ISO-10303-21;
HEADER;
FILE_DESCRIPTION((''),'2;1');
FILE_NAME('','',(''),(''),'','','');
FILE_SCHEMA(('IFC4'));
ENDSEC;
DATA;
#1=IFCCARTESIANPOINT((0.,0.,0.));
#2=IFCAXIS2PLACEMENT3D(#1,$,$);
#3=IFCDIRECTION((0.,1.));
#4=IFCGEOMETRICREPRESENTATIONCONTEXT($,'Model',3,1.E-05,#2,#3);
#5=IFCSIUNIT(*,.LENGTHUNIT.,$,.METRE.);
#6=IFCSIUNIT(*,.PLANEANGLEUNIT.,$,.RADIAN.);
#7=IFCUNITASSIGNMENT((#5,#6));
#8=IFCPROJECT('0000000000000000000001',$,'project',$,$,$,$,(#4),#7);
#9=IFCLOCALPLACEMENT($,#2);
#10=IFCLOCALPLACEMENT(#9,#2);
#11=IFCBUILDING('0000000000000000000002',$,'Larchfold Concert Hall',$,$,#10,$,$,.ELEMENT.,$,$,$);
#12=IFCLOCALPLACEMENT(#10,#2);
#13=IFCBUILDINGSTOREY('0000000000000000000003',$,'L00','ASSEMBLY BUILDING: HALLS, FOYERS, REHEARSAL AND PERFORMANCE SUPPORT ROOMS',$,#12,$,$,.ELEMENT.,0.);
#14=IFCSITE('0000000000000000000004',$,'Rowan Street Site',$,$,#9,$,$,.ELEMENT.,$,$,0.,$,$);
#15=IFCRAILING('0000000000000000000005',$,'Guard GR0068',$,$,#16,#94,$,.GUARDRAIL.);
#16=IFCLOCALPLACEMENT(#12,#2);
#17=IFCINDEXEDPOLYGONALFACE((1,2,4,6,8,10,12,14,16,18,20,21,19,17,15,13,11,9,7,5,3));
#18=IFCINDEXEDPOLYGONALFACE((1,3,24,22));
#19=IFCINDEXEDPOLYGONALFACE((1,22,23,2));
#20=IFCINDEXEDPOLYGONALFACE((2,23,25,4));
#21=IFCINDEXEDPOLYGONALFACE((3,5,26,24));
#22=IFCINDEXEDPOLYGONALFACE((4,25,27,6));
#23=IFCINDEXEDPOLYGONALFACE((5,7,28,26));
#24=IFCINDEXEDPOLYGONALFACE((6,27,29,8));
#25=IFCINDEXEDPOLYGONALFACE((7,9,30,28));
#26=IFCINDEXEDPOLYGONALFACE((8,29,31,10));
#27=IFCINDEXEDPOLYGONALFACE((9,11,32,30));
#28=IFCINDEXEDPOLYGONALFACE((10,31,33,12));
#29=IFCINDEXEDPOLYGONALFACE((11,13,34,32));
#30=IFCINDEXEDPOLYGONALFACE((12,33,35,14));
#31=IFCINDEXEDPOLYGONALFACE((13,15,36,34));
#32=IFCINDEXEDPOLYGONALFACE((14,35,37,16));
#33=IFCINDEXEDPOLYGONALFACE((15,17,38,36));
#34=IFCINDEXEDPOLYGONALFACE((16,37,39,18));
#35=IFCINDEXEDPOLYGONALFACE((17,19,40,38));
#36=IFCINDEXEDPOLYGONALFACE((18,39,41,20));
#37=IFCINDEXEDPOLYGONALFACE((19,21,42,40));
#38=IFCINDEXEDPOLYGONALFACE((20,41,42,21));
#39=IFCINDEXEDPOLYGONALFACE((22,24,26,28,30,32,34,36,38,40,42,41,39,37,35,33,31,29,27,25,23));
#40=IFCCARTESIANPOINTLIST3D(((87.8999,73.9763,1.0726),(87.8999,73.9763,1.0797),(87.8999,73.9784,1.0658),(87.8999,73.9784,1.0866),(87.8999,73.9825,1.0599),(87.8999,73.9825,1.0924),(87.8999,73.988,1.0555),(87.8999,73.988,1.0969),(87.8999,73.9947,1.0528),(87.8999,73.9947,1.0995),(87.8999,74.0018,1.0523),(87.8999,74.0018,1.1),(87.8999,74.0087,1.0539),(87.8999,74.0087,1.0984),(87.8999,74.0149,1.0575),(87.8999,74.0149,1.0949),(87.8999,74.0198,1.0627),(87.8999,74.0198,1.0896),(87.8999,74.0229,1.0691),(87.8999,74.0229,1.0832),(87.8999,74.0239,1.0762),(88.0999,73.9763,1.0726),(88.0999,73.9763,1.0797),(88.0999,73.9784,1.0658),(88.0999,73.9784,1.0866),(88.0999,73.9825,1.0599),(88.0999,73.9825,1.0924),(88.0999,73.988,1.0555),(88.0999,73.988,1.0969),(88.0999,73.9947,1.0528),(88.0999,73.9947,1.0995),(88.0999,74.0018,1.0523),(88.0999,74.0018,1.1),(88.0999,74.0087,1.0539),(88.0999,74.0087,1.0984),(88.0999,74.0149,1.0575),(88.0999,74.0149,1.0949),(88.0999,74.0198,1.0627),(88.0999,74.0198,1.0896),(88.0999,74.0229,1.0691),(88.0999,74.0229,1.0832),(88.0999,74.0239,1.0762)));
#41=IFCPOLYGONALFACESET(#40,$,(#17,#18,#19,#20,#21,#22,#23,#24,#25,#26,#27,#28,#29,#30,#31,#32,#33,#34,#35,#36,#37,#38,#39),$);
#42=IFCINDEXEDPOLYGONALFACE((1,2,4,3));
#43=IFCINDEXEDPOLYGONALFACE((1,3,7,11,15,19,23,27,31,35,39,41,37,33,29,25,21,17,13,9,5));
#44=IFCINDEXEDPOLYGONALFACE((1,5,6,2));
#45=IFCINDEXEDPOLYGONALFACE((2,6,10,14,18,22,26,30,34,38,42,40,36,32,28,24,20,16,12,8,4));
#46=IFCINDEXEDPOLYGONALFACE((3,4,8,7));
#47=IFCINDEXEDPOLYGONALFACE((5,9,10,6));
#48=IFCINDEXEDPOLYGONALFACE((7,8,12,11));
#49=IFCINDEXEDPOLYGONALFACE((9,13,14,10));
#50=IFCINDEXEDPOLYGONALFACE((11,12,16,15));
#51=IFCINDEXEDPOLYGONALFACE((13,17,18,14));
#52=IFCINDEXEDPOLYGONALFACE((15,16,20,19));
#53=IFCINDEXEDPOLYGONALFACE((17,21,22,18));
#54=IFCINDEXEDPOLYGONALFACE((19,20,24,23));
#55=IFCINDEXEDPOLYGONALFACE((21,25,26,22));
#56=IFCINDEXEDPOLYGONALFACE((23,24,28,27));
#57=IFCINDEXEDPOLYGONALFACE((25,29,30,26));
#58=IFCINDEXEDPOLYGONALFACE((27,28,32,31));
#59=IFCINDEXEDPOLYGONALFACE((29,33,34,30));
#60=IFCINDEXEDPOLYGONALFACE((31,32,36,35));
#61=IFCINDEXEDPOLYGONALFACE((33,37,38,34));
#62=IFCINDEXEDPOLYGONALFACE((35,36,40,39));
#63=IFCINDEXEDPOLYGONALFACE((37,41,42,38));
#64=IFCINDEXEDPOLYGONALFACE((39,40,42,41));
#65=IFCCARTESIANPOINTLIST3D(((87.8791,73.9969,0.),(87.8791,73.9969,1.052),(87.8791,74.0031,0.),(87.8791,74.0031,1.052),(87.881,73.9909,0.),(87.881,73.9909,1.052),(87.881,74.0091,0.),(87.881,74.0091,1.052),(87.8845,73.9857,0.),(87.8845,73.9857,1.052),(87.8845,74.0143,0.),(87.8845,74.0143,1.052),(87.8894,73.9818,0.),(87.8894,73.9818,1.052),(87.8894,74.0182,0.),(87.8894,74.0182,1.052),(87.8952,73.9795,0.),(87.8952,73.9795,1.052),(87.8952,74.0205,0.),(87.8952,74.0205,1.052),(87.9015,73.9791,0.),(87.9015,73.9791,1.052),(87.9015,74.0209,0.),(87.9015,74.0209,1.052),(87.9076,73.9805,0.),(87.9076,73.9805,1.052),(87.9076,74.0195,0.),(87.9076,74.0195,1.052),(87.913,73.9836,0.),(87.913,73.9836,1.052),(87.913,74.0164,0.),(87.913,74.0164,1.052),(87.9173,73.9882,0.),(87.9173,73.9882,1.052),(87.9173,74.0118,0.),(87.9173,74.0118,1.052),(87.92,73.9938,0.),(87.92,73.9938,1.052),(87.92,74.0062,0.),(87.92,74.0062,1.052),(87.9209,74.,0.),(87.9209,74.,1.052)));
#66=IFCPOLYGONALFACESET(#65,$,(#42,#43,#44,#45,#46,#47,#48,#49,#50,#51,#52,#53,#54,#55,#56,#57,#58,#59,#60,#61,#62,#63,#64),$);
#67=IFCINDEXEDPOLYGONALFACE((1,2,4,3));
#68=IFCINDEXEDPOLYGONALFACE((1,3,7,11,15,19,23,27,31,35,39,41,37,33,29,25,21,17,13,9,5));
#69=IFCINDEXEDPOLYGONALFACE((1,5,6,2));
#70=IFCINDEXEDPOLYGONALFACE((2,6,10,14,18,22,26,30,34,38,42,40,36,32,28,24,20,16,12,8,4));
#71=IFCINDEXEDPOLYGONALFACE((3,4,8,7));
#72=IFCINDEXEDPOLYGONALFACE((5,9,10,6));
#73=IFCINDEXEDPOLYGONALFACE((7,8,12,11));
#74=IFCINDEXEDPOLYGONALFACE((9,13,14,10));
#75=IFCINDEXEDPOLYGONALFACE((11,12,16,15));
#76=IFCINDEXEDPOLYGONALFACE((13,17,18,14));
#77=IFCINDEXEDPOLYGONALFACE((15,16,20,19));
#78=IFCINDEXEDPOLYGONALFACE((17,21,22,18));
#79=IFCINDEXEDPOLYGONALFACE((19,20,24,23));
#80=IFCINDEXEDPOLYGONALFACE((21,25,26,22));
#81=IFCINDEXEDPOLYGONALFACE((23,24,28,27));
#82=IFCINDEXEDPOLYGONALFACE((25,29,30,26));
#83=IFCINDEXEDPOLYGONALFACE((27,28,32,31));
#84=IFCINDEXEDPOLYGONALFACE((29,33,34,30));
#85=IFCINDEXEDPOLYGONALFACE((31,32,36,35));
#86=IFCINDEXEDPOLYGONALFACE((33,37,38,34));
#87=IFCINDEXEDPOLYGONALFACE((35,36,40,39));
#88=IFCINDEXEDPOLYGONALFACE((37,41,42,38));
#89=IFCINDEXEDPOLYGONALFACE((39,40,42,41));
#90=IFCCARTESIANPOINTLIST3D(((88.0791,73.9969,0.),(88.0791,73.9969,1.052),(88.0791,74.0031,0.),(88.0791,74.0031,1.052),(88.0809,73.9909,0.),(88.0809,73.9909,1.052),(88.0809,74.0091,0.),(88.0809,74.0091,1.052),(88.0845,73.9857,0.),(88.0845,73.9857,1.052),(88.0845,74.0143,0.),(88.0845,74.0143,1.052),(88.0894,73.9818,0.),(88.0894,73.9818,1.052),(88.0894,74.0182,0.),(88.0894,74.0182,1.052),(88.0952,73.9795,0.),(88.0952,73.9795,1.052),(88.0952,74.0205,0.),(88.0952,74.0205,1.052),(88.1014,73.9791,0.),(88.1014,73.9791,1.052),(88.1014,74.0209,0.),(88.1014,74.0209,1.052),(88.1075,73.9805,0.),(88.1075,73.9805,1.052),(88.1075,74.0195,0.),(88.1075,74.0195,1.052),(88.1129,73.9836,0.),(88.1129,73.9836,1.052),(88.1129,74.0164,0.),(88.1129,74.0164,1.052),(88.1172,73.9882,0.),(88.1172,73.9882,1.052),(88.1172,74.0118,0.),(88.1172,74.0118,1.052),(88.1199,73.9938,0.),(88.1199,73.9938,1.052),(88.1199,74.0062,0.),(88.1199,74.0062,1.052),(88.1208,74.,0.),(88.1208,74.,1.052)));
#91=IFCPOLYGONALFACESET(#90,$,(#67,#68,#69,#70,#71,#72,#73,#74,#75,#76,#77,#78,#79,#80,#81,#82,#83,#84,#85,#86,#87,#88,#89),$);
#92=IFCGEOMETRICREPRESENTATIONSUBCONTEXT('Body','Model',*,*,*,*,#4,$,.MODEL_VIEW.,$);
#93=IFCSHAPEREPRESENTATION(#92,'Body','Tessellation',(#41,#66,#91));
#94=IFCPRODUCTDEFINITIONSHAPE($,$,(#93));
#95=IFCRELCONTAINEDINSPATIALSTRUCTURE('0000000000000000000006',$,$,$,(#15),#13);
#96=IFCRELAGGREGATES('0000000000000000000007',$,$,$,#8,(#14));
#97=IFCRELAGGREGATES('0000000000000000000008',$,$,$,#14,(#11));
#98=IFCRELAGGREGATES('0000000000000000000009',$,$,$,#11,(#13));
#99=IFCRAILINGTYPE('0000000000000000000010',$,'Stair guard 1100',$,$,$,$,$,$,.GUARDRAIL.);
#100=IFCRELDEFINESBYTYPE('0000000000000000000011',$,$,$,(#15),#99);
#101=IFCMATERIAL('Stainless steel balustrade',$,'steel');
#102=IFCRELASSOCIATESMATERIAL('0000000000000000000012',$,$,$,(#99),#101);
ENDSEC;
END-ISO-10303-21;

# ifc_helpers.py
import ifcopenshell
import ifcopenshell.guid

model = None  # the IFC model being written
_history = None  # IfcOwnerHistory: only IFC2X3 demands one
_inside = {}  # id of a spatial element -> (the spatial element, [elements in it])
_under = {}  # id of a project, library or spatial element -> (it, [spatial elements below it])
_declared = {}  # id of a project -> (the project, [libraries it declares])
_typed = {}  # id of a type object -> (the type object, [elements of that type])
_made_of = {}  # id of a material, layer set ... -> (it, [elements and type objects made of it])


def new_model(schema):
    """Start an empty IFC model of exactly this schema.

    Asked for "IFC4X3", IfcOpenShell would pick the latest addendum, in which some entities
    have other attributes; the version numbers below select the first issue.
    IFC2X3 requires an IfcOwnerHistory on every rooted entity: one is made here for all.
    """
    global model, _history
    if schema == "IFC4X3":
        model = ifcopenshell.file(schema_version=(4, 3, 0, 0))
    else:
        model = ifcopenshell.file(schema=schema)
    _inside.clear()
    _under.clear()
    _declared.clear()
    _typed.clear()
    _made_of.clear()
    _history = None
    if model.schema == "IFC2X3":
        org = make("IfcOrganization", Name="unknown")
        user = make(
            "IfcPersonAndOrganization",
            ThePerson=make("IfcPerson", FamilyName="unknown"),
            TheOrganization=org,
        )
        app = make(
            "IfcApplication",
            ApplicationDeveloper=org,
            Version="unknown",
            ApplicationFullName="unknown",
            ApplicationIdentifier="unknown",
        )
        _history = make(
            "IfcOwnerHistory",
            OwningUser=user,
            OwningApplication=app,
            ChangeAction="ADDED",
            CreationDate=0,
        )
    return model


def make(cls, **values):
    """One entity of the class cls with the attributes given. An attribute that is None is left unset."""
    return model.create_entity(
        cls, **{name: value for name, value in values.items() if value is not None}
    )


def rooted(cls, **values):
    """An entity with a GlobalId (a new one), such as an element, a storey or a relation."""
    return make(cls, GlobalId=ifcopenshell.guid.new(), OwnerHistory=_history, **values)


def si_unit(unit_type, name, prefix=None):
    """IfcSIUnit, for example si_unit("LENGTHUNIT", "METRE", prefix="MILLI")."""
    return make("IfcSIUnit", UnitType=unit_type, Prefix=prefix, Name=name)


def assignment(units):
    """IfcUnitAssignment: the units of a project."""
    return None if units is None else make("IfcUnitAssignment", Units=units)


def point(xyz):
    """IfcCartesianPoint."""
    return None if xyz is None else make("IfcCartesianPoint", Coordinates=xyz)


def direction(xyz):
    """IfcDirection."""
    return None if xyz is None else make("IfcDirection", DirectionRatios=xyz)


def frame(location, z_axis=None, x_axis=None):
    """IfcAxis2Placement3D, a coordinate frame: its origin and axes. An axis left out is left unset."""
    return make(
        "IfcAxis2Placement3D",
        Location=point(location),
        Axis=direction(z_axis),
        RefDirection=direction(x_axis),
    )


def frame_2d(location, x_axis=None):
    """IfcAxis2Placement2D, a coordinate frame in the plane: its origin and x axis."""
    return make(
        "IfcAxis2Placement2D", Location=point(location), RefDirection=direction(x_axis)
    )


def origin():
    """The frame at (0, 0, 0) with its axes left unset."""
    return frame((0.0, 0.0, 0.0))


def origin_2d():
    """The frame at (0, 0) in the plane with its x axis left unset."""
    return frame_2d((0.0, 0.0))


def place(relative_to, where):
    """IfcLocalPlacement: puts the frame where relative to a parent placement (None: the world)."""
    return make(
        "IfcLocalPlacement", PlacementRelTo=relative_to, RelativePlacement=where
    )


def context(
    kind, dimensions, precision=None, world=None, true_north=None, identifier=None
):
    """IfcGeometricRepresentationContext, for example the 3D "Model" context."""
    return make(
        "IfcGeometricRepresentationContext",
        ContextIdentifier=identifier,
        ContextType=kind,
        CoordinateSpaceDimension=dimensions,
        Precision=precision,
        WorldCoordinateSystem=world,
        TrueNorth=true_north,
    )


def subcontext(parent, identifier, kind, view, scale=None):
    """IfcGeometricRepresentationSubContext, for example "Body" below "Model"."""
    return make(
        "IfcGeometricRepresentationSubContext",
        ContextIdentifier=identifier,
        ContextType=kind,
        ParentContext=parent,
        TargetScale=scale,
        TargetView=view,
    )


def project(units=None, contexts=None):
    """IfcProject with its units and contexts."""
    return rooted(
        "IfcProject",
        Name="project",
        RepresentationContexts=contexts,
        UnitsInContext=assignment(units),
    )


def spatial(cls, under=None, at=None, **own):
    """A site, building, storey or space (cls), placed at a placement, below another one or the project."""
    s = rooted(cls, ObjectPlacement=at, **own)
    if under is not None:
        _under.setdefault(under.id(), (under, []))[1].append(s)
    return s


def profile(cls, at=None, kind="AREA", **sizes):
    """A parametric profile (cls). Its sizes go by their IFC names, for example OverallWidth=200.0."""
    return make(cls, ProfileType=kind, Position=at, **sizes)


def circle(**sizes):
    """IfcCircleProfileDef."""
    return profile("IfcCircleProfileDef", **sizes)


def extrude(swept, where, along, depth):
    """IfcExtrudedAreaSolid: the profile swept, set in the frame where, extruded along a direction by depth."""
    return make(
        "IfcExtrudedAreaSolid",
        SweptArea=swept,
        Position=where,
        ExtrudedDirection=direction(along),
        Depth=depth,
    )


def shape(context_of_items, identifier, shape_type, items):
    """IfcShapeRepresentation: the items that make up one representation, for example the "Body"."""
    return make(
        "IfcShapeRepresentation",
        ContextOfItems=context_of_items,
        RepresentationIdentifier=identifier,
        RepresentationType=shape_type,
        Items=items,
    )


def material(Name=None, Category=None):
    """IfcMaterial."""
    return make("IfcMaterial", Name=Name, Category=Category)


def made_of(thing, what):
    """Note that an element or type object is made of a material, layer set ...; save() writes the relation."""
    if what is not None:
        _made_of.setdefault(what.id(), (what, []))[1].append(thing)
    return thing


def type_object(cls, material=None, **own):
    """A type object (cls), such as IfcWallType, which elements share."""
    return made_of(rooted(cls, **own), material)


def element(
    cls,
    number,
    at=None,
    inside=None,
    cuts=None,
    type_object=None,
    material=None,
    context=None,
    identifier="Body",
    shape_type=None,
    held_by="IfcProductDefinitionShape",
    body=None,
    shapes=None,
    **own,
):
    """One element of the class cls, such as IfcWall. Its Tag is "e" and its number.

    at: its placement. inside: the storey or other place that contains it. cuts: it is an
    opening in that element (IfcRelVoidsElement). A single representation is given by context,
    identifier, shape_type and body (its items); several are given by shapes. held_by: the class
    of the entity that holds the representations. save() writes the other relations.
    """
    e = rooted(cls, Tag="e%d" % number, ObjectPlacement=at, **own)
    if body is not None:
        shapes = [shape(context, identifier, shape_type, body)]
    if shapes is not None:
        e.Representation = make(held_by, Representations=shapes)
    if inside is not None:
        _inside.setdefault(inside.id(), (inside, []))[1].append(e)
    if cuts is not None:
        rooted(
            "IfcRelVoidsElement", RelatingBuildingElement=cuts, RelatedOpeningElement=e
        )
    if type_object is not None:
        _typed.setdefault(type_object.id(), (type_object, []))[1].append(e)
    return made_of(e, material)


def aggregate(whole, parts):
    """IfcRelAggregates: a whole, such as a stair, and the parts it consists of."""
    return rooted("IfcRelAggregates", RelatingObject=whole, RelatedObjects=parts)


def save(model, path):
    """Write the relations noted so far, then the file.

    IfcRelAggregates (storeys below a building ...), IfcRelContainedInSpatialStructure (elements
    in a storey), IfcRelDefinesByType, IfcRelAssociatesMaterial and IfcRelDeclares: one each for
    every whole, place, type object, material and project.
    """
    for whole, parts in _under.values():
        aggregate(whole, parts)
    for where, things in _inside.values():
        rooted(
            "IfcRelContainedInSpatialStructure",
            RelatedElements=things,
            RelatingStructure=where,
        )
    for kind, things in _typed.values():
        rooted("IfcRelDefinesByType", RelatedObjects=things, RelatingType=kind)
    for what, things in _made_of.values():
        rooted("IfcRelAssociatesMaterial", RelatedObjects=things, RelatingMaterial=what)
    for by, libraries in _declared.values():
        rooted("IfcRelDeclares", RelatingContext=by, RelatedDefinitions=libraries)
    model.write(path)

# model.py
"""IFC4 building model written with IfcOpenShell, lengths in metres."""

from ifc_helpers import new_model, si_unit, direction, frame, origin, origin_2d, place, context, subcontext, project, spatial, circle, extrude, material, type_object, element, save


model = new_model("IFC4")

# Units and contexts
model_context = context("Model", 3, precision=1e-05, world=origin(), true_north=direction((0.0, 1.0)))
body_context = subcontext(model_context, "Body", "Model", "MODEL_VIEW")
ifc_project = project(units=[si_unit("LENGTHUNIT", "METRE"), si_unit("PLANEANGLEUNIT", "RADIAN")], contexts=[model_context])

# Site, building, storey
site_placement = place(None, origin())
site = spatial("IfcSite", under=ifc_project, at=site_placement, Name="Rowan Street Site", CompositionType="ELEMENT", RefElevation=0.0)
building_placement = place(site_placement, origin())
building = spatial("IfcBuilding", under=site, at=building_placement, Name="Larchfold Concert Hall", CompositionType="ELEMENT")
storey_placement = place(building_placement, origin())
storey = spatial("IfcBuildingStorey", under=building, at=storey_placement, Name="L00", Description="ASSEMBLY BUILDING: HALLS, FOYERS, REHEARSAL AND PERFORMANCE SUPPORT ROOMS", CompositionType="ELEMENT", Elevation=0.0)

# Railing
ifc_material_1 = material(Name="Stainless steel balustrade", Category="steel")
railing_type_1 = type_object("IfcRailingType", Name="Stair guard 1100", PredefinedType="GUARDRAIL", material=ifc_material_1)
railing_1_placement = place(storey_placement, frame((87.8999, 74.0, 0.0)))
element("IfcRailing", 1, at=railing_1_placement, inside=storey, type_object=railing_type_1, Name="Guard GR0068", PredefinedType="GUARDRAIL", context=body_context, shape_type="SweptSolid", body=[
    extrude(circle(Radius=0.0239, at=origin_2d()), frame((0.0, 0.0, 1.0762), z_axis=(1.0, 0.0, 0.0), x_axis=(0.0, 1.0, 0.0)), (0.0, 0.0, 1.0), 0.2),
    extrude(circle(Radius=0.021, at=origin_2d()), origin(), (0.0, 0.0, 1.0), 1.052),
    extrude(circle(Radius=0.021, at=origin_2d()), frame((0.2, 0.0, 0.0)), (0.0, 0.0, 1.0), 1.052),
])

save(model, "model.ifc")
